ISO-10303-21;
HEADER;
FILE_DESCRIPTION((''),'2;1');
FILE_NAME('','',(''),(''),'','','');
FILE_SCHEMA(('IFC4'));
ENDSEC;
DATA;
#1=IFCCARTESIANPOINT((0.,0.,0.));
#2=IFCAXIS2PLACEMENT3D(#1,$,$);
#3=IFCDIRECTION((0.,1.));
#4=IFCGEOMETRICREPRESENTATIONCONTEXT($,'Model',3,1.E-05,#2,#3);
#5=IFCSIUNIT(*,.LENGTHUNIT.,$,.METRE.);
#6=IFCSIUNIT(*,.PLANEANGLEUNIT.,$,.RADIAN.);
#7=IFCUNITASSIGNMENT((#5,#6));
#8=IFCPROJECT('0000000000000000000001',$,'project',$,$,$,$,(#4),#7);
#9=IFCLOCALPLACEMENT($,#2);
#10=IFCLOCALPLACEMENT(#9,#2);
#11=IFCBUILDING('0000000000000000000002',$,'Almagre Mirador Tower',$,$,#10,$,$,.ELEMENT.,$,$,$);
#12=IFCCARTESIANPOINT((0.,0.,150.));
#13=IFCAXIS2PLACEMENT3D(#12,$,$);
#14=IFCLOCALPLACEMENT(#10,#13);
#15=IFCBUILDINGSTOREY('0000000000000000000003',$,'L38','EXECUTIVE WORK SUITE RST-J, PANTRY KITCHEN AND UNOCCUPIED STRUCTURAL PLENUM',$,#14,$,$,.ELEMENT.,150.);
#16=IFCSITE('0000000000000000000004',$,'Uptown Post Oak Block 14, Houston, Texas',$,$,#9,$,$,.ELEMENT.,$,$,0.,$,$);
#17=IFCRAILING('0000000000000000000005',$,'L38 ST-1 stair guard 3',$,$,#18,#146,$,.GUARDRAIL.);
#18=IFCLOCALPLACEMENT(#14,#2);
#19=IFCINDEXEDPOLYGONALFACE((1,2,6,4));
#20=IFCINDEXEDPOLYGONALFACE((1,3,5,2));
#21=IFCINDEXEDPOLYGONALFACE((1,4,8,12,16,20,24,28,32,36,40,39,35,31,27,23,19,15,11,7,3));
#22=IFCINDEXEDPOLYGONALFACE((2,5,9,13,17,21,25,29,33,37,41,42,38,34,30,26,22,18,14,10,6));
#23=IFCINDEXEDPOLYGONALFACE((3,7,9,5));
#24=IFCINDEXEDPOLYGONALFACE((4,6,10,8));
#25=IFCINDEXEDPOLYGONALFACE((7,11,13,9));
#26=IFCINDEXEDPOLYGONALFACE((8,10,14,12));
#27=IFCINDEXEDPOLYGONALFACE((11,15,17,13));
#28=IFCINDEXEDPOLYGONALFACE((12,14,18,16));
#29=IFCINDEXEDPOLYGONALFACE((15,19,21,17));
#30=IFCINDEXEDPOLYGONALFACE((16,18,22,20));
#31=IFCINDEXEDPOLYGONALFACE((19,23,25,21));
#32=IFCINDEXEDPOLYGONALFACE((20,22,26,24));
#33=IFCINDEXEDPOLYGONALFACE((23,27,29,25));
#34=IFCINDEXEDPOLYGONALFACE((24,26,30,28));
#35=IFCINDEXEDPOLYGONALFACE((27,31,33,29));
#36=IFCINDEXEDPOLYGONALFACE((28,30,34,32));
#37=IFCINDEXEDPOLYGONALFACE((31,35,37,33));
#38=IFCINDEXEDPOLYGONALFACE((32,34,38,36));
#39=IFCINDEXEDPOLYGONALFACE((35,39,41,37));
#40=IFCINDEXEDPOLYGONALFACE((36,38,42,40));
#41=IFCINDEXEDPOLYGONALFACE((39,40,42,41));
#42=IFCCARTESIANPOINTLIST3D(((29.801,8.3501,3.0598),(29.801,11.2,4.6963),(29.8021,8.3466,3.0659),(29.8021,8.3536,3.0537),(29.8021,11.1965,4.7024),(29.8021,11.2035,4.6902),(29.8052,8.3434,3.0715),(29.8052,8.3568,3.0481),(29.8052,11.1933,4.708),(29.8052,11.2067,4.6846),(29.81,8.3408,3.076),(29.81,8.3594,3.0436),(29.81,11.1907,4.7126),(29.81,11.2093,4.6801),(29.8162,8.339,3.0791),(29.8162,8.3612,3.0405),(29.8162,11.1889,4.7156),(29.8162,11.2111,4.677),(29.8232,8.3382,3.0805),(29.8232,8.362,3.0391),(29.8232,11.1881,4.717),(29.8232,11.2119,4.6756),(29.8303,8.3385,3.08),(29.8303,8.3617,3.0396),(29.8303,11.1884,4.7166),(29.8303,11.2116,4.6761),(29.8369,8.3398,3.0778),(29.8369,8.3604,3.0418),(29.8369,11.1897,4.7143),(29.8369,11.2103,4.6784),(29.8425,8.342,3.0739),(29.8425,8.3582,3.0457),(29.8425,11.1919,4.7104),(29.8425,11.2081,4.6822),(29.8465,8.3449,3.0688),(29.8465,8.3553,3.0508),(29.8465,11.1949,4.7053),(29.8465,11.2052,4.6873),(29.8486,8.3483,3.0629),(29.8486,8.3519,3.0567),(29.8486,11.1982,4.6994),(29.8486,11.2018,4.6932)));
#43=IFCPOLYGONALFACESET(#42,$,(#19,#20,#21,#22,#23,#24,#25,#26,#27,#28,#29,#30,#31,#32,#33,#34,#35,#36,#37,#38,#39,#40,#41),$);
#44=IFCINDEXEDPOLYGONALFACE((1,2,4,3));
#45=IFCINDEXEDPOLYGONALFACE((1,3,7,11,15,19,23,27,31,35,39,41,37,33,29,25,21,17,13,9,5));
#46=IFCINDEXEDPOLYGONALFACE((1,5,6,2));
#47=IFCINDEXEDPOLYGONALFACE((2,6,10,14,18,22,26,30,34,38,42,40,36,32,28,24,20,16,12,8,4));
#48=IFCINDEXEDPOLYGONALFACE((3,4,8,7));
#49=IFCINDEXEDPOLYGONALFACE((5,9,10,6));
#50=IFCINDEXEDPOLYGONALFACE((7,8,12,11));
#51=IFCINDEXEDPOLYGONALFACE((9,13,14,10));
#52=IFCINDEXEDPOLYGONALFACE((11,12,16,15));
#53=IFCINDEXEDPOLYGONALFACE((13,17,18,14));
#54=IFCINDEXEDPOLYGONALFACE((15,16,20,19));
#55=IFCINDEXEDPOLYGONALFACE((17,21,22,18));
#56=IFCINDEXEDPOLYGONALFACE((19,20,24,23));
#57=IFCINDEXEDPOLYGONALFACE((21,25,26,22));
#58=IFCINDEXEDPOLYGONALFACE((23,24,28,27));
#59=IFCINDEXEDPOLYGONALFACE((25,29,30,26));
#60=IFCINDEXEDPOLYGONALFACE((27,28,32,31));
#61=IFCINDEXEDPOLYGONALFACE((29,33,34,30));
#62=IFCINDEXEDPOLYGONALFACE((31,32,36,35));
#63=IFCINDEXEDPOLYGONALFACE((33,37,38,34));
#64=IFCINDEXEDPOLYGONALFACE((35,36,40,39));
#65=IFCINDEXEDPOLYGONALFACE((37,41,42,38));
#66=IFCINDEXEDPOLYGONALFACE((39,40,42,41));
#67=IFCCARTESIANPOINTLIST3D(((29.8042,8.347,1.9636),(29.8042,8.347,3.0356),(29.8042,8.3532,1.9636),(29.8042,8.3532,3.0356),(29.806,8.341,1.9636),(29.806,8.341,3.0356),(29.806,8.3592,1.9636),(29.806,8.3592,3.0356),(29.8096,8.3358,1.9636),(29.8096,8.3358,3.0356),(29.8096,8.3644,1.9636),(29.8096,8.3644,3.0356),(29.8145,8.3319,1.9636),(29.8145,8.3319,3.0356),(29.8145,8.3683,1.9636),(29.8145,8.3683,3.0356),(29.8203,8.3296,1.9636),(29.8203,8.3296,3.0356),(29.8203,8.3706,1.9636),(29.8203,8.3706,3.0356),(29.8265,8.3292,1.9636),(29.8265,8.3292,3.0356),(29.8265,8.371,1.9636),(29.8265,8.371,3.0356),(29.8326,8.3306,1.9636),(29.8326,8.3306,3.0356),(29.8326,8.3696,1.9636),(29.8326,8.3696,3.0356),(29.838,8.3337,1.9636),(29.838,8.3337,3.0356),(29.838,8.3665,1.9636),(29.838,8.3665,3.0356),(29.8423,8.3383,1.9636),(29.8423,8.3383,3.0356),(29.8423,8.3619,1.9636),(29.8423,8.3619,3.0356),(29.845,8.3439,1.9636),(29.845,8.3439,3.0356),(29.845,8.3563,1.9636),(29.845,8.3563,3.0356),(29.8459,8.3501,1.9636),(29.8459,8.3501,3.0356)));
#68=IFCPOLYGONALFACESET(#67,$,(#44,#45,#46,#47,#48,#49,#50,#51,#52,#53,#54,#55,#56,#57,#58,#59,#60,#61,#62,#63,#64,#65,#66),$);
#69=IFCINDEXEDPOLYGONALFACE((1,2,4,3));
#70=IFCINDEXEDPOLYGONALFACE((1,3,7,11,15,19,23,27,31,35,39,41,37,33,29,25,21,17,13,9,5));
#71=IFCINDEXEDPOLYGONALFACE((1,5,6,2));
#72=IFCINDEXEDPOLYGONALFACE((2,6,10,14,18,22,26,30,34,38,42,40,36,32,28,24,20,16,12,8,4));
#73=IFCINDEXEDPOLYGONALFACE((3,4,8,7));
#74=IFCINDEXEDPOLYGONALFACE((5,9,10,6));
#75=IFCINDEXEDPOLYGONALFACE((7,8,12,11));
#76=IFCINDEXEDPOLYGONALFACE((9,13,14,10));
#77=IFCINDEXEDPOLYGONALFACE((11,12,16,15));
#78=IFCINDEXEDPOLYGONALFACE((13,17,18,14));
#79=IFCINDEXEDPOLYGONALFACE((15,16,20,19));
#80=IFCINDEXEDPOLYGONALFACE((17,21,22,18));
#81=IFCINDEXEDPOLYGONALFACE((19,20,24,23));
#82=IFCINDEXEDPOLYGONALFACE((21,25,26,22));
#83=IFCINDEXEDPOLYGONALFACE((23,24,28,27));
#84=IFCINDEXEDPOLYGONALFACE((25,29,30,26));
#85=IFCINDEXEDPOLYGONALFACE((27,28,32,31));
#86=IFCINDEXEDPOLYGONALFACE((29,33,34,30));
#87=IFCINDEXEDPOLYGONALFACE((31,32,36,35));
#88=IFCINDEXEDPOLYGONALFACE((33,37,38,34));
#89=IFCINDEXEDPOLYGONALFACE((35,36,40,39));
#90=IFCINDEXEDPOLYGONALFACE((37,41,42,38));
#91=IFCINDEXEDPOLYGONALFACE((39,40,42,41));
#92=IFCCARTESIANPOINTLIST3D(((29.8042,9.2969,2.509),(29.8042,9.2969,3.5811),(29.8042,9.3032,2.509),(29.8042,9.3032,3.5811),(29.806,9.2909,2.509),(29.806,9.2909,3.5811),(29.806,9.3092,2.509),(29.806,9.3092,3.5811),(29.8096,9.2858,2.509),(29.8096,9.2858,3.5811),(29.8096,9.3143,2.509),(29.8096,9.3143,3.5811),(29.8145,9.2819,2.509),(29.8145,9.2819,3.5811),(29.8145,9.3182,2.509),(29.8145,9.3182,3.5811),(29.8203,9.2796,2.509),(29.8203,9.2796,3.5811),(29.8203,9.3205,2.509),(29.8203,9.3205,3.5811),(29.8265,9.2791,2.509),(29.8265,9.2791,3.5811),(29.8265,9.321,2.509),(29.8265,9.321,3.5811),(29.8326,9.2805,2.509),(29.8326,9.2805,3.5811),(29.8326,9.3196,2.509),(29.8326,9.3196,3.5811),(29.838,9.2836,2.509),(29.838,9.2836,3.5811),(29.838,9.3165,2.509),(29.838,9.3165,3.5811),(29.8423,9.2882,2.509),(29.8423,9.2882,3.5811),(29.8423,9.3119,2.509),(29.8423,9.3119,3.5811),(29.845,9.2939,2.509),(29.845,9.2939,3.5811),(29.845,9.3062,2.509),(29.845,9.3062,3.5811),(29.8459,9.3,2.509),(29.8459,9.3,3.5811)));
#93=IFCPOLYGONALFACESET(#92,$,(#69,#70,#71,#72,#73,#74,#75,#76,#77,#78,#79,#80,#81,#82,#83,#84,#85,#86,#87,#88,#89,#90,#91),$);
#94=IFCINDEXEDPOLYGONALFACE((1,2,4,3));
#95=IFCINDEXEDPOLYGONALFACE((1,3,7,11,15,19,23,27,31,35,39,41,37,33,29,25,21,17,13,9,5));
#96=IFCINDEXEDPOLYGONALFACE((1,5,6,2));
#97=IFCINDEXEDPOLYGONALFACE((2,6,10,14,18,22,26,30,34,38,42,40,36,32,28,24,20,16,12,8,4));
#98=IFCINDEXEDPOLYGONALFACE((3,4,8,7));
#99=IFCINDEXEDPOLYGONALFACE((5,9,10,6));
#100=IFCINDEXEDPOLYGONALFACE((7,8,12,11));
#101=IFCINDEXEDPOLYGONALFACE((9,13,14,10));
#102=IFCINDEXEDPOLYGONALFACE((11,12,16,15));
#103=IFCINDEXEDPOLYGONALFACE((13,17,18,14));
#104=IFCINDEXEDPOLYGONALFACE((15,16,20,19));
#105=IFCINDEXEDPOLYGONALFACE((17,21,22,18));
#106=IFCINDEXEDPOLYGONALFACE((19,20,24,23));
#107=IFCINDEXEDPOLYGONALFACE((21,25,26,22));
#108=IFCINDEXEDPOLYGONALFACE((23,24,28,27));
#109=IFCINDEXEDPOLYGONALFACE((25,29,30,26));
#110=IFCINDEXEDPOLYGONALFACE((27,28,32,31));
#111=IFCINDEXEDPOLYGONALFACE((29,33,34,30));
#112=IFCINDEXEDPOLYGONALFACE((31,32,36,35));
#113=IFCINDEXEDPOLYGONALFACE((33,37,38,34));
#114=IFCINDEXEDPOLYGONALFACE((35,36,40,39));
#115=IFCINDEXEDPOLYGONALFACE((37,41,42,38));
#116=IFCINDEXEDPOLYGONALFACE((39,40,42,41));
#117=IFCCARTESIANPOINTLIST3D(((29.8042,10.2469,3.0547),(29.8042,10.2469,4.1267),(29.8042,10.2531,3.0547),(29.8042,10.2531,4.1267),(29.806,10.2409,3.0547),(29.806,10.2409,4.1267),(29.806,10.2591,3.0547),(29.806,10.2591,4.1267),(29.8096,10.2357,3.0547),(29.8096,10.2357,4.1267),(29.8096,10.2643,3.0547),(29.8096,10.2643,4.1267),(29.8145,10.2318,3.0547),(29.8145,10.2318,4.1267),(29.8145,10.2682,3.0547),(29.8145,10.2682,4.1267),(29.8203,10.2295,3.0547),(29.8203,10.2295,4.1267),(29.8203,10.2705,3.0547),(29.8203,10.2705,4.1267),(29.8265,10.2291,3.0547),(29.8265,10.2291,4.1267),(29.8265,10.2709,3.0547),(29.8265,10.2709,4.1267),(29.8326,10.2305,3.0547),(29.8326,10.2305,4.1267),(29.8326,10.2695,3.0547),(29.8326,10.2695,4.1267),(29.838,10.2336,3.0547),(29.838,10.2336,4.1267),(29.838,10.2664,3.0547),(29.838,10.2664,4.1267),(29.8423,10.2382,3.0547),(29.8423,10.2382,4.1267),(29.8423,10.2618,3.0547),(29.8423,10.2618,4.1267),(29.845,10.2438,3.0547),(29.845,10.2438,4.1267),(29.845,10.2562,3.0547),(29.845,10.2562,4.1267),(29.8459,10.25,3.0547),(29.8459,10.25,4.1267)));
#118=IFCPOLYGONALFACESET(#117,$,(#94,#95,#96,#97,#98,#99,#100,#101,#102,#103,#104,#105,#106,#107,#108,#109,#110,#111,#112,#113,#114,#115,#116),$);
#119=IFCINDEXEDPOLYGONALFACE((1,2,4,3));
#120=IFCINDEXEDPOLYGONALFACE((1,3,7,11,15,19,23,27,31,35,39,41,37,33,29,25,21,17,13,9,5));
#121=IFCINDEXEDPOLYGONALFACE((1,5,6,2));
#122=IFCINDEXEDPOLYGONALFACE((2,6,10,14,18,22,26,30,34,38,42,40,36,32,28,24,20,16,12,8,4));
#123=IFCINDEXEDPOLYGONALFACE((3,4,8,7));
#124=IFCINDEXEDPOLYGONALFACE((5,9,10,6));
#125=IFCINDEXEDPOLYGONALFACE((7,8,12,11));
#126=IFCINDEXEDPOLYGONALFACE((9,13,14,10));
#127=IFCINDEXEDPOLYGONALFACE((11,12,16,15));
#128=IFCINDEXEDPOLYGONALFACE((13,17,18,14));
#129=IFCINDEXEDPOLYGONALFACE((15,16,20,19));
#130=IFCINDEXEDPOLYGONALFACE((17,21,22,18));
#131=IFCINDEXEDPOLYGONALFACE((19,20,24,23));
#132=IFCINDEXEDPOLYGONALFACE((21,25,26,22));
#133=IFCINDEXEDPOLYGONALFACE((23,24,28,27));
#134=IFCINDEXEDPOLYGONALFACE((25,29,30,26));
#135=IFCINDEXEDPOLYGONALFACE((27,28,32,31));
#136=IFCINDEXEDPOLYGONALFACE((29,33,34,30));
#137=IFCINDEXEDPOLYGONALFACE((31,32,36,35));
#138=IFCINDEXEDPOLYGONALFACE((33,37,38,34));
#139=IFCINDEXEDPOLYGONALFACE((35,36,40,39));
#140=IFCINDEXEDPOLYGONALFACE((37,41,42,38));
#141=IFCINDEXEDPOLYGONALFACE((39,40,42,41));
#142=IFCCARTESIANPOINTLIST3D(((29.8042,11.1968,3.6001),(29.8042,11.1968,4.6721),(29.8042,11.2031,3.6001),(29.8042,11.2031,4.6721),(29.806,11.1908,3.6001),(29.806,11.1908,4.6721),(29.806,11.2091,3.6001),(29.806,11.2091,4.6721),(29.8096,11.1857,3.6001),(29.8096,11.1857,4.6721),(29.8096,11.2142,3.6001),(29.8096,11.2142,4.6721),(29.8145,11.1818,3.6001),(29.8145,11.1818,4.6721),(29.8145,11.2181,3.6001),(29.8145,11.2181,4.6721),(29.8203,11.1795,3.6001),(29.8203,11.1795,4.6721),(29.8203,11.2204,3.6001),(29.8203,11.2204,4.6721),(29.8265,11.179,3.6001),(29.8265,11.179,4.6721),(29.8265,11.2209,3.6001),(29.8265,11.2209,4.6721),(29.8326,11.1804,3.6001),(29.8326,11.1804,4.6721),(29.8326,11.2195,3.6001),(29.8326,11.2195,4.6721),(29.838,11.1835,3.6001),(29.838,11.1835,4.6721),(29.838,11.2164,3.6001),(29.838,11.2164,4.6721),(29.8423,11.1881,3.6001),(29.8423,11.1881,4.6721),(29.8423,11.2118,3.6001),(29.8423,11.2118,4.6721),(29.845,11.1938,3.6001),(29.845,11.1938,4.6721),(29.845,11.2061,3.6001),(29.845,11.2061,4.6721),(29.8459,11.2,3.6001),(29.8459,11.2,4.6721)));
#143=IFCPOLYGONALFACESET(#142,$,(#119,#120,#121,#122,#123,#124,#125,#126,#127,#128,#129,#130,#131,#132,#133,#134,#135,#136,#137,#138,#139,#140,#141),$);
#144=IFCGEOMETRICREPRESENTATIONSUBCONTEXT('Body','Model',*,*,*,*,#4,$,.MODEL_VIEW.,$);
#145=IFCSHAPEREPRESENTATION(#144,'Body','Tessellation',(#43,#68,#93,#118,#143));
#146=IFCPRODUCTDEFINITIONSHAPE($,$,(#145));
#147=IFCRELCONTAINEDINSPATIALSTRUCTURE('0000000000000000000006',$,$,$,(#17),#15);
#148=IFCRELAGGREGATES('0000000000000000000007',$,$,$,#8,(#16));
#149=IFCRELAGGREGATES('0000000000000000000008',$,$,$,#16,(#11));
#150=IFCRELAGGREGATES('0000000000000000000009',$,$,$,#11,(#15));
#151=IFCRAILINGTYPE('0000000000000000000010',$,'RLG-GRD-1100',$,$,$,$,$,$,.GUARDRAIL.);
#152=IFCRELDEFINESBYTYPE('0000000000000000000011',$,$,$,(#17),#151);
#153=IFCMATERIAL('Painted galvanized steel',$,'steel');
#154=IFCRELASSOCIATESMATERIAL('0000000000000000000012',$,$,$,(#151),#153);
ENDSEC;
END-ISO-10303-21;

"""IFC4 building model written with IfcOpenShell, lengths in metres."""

from ifc_helpers import new_model, si_unit, direction, frame, origin, origin_2d, place, context, subcontext, project, spatial, circle, extrude, material, type_object, element, save


model = new_model("IFC4")

# Units and contexts
model_context = context("Model", 3, precision=1e-05, world=origin(), true_north=direction((0.0, 1.0)))
body_context = subcontext(model_context, "Body", "Model", "MODEL_VIEW")
ifc_project = project(units=[si_unit("LENGTHUNIT", "METRE"), si_unit("PLANEANGLEUNIT", "RADIAN")], contexts=[model_context])

# Site, building, storey
site_placement = place(None, origin())
site = spatial("IfcSite", under=ifc_project, at=site_placement, Name="Uptown Post Oak Block 14, Houston, Texas", CompositionType="ELEMENT", RefElevation=0.0)
building_placement = place(site_placement, origin())
building = spatial("IfcBuilding", under=site, at=building_placement, Name="Almagre Mirador Tower", CompositionType="ELEMENT")
storey_placement = place(building_placement, frame((0.0, 0.0, 150.0)))
storey = spatial("IfcBuildingStorey", under=building, at=storey_placement, Name="L38", Description="EXECUTIVE WORK SUITE RST-J, PANTRY KITCHEN AND UNOCCUPIED STRUCTURAL PLENUM", CompositionType="ELEMENT", Elevation=150.0)

# Railing
ifc_material_1 = material(Name="Painted galvanized steel", Category="steel")
railing_type_1 = type_object("IfcRailingType", Name="RLG-GRD-1100", PredefinedType="GUARDRAIL", material=ifc_material_1)
railing_1_placement = place(storey_placement, frame((29.825, 8.3501, 1.9636)))
element("IfcRailing", 1, at=railing_1_placement, inside=storey, type_object=railing_type_1, Name="L38 ST-1 stair guard 3", PredefinedType="GUARDRAIL", context=body_context, shape_type="SweptSolid", body=[
    extrude(circle(Radius=0.0239, at=origin_2d()), frame((0.0, 0.0, 1.0962), z_axis=(0.0, 0.867194, 0.49797), x_axis=(-1.0, 0.0, 0.0)), (0.0, 0.0, 1.0), 3.2864),
    extrude(circle(Radius=0.021, at=origin_2d()), origin(), (0.0, 0.0, 1.0), 1.072),
    extrude(circle(Radius=0.021, at=origin_2d()), frame((0.0, 0.95, 0.5454)), (0.0, 0.0, 1.0), 1.072),
    extrude(circle(Radius=0.021, at=origin_2d()), frame((0.0, 1.8999, 1.0911)), (0.0, 0.0, 1.0), 1.072),
    extrude(circle(Radius=0.021, at=origin_2d()), frame((0.0, 2.8499, 1.6365)), (0.0, 0.0, 1.0), 1.072),
])

save(model, "model.ifc")
